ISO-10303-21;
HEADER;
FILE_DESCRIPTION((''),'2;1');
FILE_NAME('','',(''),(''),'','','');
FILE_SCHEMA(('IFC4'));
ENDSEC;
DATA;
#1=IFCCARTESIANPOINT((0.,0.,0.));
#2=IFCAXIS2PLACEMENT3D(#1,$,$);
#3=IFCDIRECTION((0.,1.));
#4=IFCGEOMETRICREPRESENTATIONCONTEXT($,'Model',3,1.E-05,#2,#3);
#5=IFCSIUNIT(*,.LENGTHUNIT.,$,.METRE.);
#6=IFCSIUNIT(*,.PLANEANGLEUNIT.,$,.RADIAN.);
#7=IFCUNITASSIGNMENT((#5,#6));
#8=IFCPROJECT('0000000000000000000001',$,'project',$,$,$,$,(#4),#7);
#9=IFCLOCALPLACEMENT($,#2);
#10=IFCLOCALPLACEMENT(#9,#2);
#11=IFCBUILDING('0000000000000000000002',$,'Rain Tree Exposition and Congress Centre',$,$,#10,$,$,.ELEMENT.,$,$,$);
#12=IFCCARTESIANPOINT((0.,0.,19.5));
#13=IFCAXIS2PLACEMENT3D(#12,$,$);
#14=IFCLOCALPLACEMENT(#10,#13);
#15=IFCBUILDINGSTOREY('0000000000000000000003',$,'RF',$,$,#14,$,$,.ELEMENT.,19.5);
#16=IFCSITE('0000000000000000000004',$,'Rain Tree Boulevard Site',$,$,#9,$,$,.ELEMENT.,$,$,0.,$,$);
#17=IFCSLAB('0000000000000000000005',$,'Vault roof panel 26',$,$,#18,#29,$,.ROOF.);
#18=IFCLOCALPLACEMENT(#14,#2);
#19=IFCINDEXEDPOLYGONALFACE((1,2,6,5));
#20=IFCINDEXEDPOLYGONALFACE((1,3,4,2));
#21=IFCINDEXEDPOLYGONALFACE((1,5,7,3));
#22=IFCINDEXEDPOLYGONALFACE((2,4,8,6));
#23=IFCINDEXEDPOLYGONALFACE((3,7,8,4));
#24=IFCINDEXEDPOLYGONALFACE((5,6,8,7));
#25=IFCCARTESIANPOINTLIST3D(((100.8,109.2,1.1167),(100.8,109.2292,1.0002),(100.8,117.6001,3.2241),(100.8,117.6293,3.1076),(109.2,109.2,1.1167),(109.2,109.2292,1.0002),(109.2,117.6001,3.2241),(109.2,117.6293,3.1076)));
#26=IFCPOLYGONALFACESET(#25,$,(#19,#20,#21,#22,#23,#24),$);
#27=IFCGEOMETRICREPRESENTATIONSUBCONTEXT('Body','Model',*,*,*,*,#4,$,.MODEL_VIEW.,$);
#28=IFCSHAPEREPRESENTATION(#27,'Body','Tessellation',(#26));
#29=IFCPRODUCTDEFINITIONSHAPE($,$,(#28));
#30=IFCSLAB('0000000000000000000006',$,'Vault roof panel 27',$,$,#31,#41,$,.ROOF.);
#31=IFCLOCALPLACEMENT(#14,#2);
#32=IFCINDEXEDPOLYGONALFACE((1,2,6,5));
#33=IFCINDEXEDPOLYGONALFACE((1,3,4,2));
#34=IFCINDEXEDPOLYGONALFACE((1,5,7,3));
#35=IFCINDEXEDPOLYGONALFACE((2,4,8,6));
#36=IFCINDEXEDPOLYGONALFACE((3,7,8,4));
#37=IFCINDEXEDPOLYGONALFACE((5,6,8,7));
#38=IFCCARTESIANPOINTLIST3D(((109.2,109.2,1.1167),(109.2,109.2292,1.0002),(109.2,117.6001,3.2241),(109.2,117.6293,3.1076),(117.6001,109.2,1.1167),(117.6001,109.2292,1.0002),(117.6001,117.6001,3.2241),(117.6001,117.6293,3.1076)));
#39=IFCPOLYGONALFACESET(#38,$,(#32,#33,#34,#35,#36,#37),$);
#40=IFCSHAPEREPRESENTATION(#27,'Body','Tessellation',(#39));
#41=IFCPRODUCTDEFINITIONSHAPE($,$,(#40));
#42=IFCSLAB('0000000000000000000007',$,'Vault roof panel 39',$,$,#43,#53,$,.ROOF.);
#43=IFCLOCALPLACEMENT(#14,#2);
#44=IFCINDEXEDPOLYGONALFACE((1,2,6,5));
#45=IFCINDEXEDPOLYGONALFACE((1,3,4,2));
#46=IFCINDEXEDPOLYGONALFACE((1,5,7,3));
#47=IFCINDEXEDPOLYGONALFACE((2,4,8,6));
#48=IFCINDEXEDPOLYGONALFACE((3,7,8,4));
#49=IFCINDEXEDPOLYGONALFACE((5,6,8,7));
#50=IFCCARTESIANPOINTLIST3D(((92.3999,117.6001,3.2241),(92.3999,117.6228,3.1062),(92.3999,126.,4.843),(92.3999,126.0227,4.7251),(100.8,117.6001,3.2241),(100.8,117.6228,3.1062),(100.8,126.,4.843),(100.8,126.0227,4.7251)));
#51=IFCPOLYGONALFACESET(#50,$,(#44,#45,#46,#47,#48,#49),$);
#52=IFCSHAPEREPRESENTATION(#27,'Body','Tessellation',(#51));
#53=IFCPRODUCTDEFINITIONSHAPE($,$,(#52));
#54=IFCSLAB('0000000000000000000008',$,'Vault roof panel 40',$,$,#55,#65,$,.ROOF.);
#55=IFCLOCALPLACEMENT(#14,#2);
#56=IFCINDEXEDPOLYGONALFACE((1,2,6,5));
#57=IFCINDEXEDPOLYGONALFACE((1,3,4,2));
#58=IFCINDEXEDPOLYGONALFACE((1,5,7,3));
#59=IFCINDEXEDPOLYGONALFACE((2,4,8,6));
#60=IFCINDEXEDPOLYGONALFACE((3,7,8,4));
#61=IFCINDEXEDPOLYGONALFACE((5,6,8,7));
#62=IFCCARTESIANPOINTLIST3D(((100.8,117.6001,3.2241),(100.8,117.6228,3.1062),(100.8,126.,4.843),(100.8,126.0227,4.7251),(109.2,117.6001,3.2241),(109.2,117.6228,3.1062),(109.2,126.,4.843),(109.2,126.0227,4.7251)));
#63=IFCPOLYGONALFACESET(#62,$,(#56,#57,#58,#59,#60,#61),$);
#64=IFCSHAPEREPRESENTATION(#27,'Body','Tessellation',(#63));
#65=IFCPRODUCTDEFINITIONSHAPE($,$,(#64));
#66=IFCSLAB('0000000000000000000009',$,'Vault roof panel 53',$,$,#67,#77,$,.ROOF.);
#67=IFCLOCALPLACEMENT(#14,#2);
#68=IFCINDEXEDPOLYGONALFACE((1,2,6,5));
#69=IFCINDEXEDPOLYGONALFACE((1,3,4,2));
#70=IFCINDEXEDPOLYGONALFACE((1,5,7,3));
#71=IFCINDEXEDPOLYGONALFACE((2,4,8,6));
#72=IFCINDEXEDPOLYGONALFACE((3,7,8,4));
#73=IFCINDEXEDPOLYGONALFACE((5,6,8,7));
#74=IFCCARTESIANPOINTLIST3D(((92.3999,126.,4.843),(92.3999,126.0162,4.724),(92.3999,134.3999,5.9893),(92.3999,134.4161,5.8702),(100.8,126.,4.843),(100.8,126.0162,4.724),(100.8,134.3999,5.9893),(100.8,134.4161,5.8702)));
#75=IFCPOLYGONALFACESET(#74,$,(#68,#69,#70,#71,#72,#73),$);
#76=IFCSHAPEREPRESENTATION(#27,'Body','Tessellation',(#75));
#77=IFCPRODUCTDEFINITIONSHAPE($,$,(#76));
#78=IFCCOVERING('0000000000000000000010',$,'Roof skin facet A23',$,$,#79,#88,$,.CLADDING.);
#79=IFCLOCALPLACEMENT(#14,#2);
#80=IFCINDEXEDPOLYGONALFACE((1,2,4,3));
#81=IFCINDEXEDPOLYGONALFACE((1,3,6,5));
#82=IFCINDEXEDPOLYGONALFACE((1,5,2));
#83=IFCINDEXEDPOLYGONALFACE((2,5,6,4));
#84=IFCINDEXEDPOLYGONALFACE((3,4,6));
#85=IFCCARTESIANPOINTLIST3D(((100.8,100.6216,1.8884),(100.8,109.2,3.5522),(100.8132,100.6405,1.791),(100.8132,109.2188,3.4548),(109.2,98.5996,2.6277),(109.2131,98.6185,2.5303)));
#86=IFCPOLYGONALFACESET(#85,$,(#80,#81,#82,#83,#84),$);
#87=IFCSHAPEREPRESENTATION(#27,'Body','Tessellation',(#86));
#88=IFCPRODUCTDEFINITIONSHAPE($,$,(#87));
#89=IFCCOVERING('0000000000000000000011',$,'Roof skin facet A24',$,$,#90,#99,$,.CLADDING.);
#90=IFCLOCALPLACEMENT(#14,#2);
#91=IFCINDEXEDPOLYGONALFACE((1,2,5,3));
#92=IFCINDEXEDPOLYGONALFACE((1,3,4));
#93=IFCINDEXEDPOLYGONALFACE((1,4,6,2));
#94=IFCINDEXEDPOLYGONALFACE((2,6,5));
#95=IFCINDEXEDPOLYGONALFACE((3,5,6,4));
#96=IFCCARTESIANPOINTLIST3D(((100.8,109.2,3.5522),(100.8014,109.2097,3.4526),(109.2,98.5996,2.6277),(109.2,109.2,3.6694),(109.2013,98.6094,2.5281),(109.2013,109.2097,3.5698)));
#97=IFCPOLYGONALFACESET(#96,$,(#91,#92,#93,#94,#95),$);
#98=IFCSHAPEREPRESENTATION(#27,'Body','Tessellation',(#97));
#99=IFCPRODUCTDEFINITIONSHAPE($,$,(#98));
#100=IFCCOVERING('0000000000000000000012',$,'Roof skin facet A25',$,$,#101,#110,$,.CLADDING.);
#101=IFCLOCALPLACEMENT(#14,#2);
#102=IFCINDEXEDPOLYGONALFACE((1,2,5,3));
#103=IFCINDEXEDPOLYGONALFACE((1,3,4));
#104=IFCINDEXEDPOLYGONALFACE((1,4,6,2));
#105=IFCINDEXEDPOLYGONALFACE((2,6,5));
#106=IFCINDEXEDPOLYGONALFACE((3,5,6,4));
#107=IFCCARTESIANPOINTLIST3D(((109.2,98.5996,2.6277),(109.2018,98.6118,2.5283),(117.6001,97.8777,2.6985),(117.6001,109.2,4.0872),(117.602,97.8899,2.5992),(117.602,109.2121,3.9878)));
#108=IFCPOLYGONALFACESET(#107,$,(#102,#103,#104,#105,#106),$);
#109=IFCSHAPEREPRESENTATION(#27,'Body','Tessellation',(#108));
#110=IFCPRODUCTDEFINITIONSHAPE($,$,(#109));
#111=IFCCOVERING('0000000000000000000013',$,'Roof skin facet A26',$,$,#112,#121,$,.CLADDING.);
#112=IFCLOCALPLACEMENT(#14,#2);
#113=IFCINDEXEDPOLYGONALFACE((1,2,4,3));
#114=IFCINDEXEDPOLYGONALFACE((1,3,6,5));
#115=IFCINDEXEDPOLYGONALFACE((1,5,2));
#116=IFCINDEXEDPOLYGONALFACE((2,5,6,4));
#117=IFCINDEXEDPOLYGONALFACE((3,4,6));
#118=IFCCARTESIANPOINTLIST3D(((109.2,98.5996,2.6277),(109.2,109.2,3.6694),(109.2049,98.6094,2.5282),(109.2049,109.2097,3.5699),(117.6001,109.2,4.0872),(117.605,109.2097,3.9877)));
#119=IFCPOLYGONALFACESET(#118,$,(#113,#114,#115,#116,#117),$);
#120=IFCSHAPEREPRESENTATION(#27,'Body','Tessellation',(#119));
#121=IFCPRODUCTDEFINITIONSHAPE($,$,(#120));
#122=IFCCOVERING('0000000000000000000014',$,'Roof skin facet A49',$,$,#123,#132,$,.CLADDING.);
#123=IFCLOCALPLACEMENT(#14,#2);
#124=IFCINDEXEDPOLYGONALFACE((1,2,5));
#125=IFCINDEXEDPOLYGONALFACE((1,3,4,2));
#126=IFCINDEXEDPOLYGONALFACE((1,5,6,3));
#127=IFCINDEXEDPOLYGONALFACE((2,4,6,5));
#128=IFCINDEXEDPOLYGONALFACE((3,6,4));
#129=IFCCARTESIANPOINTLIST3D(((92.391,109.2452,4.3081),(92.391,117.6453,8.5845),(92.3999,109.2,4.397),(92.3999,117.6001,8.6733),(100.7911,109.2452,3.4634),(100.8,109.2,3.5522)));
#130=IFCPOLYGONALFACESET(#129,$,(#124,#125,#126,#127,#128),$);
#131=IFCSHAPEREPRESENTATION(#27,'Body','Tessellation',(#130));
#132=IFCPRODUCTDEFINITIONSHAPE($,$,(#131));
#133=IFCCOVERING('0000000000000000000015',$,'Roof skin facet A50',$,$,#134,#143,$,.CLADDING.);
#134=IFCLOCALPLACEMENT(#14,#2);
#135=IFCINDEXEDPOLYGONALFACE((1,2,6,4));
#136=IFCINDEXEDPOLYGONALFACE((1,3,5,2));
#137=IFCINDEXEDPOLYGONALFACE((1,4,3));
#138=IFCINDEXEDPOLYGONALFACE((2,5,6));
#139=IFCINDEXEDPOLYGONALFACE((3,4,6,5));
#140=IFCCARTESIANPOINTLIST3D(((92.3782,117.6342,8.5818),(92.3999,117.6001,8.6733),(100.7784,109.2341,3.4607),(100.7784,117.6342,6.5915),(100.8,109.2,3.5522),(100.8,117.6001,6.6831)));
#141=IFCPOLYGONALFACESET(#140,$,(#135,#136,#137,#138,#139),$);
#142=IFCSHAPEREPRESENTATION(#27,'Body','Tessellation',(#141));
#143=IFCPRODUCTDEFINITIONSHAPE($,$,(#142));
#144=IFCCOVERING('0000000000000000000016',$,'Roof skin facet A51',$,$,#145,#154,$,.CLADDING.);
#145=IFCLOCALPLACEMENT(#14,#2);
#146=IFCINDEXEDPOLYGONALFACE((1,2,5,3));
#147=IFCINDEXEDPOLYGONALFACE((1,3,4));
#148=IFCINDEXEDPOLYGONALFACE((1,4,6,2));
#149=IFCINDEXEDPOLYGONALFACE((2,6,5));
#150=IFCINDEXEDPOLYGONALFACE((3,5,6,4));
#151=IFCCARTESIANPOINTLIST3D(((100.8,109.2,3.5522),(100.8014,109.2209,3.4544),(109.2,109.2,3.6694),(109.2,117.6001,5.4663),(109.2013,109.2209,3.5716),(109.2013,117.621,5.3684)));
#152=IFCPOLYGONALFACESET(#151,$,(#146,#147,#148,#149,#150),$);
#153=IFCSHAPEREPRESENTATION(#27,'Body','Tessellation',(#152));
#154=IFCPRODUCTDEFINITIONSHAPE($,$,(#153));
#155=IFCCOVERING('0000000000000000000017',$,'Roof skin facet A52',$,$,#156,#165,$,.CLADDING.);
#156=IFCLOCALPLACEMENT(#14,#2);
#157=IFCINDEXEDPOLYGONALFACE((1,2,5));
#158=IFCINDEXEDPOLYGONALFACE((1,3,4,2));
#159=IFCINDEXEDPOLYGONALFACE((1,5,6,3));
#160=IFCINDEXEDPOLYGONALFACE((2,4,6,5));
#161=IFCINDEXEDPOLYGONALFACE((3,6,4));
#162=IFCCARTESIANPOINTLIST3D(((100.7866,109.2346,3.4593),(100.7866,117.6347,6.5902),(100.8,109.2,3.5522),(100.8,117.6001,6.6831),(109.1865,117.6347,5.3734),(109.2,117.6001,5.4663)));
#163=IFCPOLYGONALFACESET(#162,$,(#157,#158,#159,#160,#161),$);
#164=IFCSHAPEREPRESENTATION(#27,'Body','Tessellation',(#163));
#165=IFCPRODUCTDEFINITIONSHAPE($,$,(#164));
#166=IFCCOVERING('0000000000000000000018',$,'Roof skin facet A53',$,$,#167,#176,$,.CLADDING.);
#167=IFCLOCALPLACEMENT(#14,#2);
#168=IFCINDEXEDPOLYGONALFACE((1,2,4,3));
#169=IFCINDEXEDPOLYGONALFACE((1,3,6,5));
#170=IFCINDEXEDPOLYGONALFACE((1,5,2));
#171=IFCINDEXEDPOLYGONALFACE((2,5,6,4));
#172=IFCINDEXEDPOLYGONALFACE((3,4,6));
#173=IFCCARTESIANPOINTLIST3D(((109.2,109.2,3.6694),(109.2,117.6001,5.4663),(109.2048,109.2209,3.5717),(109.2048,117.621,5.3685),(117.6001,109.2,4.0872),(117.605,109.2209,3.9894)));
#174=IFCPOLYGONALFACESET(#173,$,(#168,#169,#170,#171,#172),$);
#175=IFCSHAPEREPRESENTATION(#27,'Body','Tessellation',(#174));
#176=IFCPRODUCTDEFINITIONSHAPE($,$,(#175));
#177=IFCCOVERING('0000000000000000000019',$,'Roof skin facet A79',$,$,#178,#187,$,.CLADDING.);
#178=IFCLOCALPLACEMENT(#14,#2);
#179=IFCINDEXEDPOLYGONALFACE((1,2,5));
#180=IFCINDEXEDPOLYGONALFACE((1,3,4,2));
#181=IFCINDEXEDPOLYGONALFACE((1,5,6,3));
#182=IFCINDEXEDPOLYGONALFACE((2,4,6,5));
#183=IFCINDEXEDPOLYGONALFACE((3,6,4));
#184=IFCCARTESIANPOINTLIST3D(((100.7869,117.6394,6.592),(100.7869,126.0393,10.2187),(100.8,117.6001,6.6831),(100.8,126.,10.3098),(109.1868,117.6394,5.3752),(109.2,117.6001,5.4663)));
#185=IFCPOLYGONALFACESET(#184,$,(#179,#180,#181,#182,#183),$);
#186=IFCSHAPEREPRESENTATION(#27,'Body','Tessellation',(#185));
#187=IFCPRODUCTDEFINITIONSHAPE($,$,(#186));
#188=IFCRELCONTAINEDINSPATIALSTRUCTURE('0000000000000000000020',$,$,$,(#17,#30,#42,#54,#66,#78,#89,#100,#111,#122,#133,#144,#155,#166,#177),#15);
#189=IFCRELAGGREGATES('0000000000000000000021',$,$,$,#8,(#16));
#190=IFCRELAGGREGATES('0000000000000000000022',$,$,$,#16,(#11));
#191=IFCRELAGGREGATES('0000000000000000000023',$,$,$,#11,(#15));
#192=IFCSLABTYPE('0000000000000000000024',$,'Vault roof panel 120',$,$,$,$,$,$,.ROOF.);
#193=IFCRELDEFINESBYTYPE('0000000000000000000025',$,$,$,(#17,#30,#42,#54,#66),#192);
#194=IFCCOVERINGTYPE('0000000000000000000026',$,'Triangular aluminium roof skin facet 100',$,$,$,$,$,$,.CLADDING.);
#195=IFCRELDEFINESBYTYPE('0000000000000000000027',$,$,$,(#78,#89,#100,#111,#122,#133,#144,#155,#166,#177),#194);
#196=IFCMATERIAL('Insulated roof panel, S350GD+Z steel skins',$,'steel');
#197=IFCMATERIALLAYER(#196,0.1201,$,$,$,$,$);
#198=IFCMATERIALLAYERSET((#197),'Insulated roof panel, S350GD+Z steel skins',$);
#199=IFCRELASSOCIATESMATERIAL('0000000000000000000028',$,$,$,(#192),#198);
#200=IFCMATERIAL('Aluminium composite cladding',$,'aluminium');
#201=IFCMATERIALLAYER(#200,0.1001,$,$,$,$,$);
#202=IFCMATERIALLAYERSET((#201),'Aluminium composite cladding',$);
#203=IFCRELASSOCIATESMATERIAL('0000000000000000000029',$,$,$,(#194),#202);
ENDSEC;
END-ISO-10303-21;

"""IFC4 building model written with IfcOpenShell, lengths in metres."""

from ifc_helpers import new_model, si_unit, direction, frame, origin, place, context, subcontext, project, spatial, polyline, outline, extrude, material, layer, layer_set, type_object, element, save


model = new_model("IFC4")

# Units and contexts
model_context = context("Model", 3, precision=1e-05, world=origin(), true_north=direction((0.0, 1.0)))
body_context = subcontext(model_context, "Body", "Model", "MODEL_VIEW")
ifc_project = project(units=[si_unit("LENGTHUNIT", "METRE"), si_unit("PLANEANGLEUNIT", "RADIAN")], contexts=[model_context])

# Site, building, storey
site_placement = place(None, origin())
site = spatial("IfcSite", under=ifc_project, at=site_placement, Name="Rain Tree Boulevard Site", CompositionType="ELEMENT", RefElevation=0.0)
building_placement = place(site_placement, origin())
building = spatial("IfcBuilding", under=site, at=building_placement, Name="Rain Tree Exposition and Congress Centre", CompositionType="ELEMENT")
storey_placement = place(building_placement, frame((0.0, 0.0, 19.5)))
storey = spatial("IfcBuildingStorey", under=building, at=storey_placement, Name="RF", CompositionType="ELEMENT", Elevation=19.5)

# Slabs
ifc_material_1 = material(Name="Insulated roof panel, S350GD+Z steel skins", Category="steel")
ifc_layer_1 = layer(ifc_material_1, 0.1201)
ifc_layer_set_1 = layer_set([ifc_layer_1], Name="Insulated roof panel, S350GD+Z steel skins")
slab_type = type_object("IfcSlabType", Name="Vault roof panel 120", PredefinedType="ROOF", material=ifc_layer_set_1)
slab_1_placement = place(storey_placement, frame((100.8, 109.2, 1.1167), z_axis=(0.0, -0.243338, 0.969942), x_axis=(1.0, 0.0, 0.0)))
element("IfcSlab", 1, at=slab_1_placement, inside=storey, type_object=slab_type, Name="Vault roof panel 26", PredefinedType="ROOF", context=body_context, shape_type="SweptSolid", body=[
    extrude(outline(polyline([(0.0, 0.0), (8.3999, 0.0), (8.3999, 8.6605), (0.0, 8.6605), (0.0, 0.0)])), origin(), (0.0, 0.0, -1.0), 0.1201),
])
slab_2_placement = place(storey_placement, frame((109.2, 109.2, 1.1167), z_axis=(0.0, -0.243338, 0.969942), x_axis=(1.0, 0.0, 0.0)))
element("IfcSlab", 2, at=slab_2_placement, inside=storey, type_object=slab_type, Name="Vault roof panel 27", PredefinedType="ROOF", context=body_context, shape_type="SweptSolid", body=[
    extrude(outline(polyline([(0.0, 0.0), (8.4001, 0.0), (8.4001, 8.6605), (0.0, 8.6605), (0.0, 0.0)])), origin(), (0.0, 0.0, -1.0), 0.1201),
])
slab_3_placement = place(storey_placement, frame((92.3999, 117.6001, 3.2241), z_axis=(0.0, -0.189245, 0.98193), x_axis=(1.0, 0.0, 0.0)))
element("IfcSlab", 3, at=slab_3_placement, inside=storey, type_object=slab_type, Name="Vault roof panel 39", PredefinedType="ROOF", context=body_context, shape_type="SweptSolid", body=[
    extrude(outline(polyline([(0.0, 0.0), (8.4001, 0.0), (8.4001, 8.5545), (0.0, 8.5545), (0.0, 0.0)])), origin(), (0.0, 0.0, -1.0), 0.1201),
])
slab_4_placement = place(storey_placement, frame((100.8, 117.6001, 3.2241), z_axis=(0.0, -0.189245, 0.98193), x_axis=(1.0, 0.0, 0.0)))
element("IfcSlab", 4, at=slab_4_placement, inside=storey, type_object=slab_type, Name="Vault roof panel 40", PredefinedType="ROOF", context=body_context, shape_type="SweptSolid", body=[
    extrude(outline(polyline([(0.0, 0.0), (8.3999, 0.0), (8.3999, 8.5545), (0.0, 8.5545), (0.0, 0.0)])), origin(), (0.0, 0.0, -1.0), 0.1201),
])
slab_5_placement = place(storey_placement, frame((92.3999, 126.0, 4.843), z_axis=(0.0, -0.135206, 0.990818), x_axis=(1.0, 0.0, 0.0)))
element("IfcSlab", 5, at=slab_5_placement, inside=storey, type_object=slab_type, Name="Vault roof panel 53", PredefinedType="ROOF", context=body_context, shape_type="SweptSolid", body=[
    extrude(outline(polyline([(0.0, 0.0), (8.4001, 0.0), (8.4001, 8.4777), (0.0, 8.4777), (0.0, 0.0)])), origin(), (0.0, 0.0, -1.0), 0.1201),
])

# Coverings
ifc_material_2 = material(Name="Aluminium composite cladding", Category="aluminium")
ifc_layer_2 = layer(ifc_material_2, 0.1001)
ifc_layer_set_2 = layer_set([ifc_layer_2], Name="Aluminium composite cladding")
covering_type = type_object("IfcCoveringType", Name="Triangular aluminium roof skin facet 100", PredefinedType="CLADDING", material=ifc_layer_set_2)
covering_1_placement = place(storey_placement, frame((100.8, 100.6216, 1.8884), z_axis=(-0.13109, -0.188764, 0.973234), x_axis=(0.96869, -0.233177, 0.085252)))
element("IfcCovering", 6, at=covering_1_placement, inside=storey, type_object=covering_type, Name="Roof skin facet A23", PredefinedType="CLADDING", context=body_context, shape_type="SweptSolid", body=[
    extrude(outline(polyline([(0.0, 0.0), (8.6714, 0.0), (-1.8584, 8.5383), (0.0, 0.0)])), origin(), (0.0, 0.0, -1.0), 0.1001),
])
covering_2_placement = place(storey_placement, frame((109.2, 98.5996, 2.6277), z_axis=(-0.013883, -0.097794, 0.99511), x_axis=(0.0, 0.995206, 0.097804)))
element("IfcCovering", 7, at=covering_2_placement, inside=storey, type_object=covering_type, Name="Roof skin facet A24", PredefinedType="CLADDING", context=body_context, shape_type="SweptSolid", body=[
    extrude(outline(polyline([(0.0, 0.0), (10.6514, 0.0), (10.6399, 8.4007), (0.0, 0.0)])), origin(), (0.0, 0.0, -1.0), 0.1001),
])
covering_3_placement = place(storey_placement, frame((109.2, 98.5996, 2.6277), z_axis=(-0.018825, -0.121716, 0.992386), x_axis=(0.996292, -0.085623, 0.008397)))
element("IfcCovering", 8, at=covering_3_placement, inside=storey, type_object=covering_type, Name="Roof skin facet A25", PredefinedType="CLADDING", context=body_context, shape_type="SweptSolid", body=[
    extrude(outline(polyline([(0.0, 0.0), (8.4314, 0.0), (7.4736, 11.3668), (0.0, 0.0)])), origin(), (0.0, 0.0, -1.0), 0.1001),
])
covering_4_placement = place(storey_placement, frame((109.2, 98.5996, 2.6277), z_axis=(-0.049429, -0.097684, 0.993989), x_axis=(0.617491, 0.779227, 0.107285)))
element("IfcCovering", 9, at=covering_4_placement, inside=storey, type_object=covering_type, Name="Roof skin facet A26", PredefinedType="CLADDING", context=body_context, shape_type="SweptSolid", body=[
    extrude(outline(polyline([(0.0, 0.0), (13.6037, 0.0), (8.3718, 6.5852), (0.0, 0.0)])), origin(), (0.0, 0.0, -1.0), 0.1001),
])
covering_5_placement = place(storey_placement, frame((92.3999, 109.2, 4.397), z_axis=(0.089259, -0.451866, 0.887609), x_axis=(0.994982, 0.0, -0.100056)))
element("IfcCovering", 10, at=covering_5_placement, inside=storey, type_object=covering_type, Name="Roof skin facet A49", PredefinedType="CLADDING", context=body_context, shape_type="SweptSolid", body=[
    extrude(outline(polyline([(0.0, 0.0), (8.4425, 0.0), (-0.4279, 9.4163), (0.0, 0.0)])), origin(), (0.0, 0.0, -1.0), 0.1001),
])
covering_6_placement = place(storey_placement, frame((100.8, 109.2, 3.5522), z_axis=(0.216733, -0.340944, 0.914759), x_axis=(0.0, 0.937031, 0.349245)))
element("IfcCovering", 11, at=covering_6_placement, inside=storey, type_object=covering_type, Name="Roof skin facet A50", PredefinedType="CLADDING", context=body_context, shape_type="SweptSolid", body=[
    extrude(outline(polyline([(0.0, 0.0), (8.9646, 0.0), (9.6597, 8.6047), (0.0, 0.0)])), origin(), (0.0, 0.0, -1.0), 0.1001),
])
covering_7_placement = place(storey_placement, frame((100.8, 109.2, 3.5522), z_axis=(-0.013641, -0.209158, 0.977787), x_axis=(0.999903, 0.0, 0.01395)))
element("IfcCovering", 12, at=covering_7_placement, inside=storey, type_object=covering_type, Name="Roof skin facet A51", PredefinedType="CLADDING", context=body_context, shape_type="SweptSolid", body=[
    extrude(outline(polyline([(0.0, 0.0), (8.4007, 0.0), (8.4258, 8.5901), (0.0, 0.0)])), origin(), (0.0, 0.0, -1.0), 0.1001),
])
covering_8_placement = place(storey_placement, frame((100.8, 109.2, 3.5522), z_axis=(0.134503, -0.346072, 0.928517), x_axis=(0.698093, 0.698113, 0.159073)))
element("IfcCovering", 13, at=covering_8_placement, inside=storey, type_object=covering_type, Name="Roof skin facet A52", PredefinedType="CLADDING", context=body_context, shape_type="SweptSolid", body=[
    extrude(outline(polyline([(0.0, 0.0), (12.0326, 0.0), (6.3623, 6.3155), (0.0, 0.0)])), origin(), (0.0, 0.0, -1.0), 0.1001),
])
covering_9_placement = place(storey_placement, frame((109.2, 109.2, 3.6694), z_axis=(-0.048571, -0.208931, 0.976723), x_axis=(0.998766, 0.0, 0.049667)))
element("IfcCovering", 14, at=covering_9_placement, inside=storey, type_object=covering_type, Name="Roof skin facet A53", PredefinedType="CLADDING", context=body_context, shape_type="SweptSolid", body=[
    extrude(outline(polyline([(0.0, 0.0), (8.4105, 0.0), (0.0892, 8.5897), (0.0, 0.0)])), origin(), (0.0, 0.0, -1.0), 0.1001),
])
covering_10_placement = place(storey_placement, frame((100.8, 117.6001, 6.6831), z_axis=(0.131831, -0.392928, 0.91007), x_axis=(0.98967, 0.0, -0.143362)))
element("IfcCovering", 15, at=covering_10_placement, inside=storey, type_object=covering_type, Name="Roof skin facet A79", PredefinedType="CLADDING", context=body_context, shape_type="SweptSolid", body=[
    extrude(outline(polyline([(0.0, 0.0), (8.4876, 0.0), (-0.5199, 9.1346), (0.0, 0.0)])), origin(), (0.0, 0.0, -1.0), 0.1001),
])

save(model, "model.ifc")
